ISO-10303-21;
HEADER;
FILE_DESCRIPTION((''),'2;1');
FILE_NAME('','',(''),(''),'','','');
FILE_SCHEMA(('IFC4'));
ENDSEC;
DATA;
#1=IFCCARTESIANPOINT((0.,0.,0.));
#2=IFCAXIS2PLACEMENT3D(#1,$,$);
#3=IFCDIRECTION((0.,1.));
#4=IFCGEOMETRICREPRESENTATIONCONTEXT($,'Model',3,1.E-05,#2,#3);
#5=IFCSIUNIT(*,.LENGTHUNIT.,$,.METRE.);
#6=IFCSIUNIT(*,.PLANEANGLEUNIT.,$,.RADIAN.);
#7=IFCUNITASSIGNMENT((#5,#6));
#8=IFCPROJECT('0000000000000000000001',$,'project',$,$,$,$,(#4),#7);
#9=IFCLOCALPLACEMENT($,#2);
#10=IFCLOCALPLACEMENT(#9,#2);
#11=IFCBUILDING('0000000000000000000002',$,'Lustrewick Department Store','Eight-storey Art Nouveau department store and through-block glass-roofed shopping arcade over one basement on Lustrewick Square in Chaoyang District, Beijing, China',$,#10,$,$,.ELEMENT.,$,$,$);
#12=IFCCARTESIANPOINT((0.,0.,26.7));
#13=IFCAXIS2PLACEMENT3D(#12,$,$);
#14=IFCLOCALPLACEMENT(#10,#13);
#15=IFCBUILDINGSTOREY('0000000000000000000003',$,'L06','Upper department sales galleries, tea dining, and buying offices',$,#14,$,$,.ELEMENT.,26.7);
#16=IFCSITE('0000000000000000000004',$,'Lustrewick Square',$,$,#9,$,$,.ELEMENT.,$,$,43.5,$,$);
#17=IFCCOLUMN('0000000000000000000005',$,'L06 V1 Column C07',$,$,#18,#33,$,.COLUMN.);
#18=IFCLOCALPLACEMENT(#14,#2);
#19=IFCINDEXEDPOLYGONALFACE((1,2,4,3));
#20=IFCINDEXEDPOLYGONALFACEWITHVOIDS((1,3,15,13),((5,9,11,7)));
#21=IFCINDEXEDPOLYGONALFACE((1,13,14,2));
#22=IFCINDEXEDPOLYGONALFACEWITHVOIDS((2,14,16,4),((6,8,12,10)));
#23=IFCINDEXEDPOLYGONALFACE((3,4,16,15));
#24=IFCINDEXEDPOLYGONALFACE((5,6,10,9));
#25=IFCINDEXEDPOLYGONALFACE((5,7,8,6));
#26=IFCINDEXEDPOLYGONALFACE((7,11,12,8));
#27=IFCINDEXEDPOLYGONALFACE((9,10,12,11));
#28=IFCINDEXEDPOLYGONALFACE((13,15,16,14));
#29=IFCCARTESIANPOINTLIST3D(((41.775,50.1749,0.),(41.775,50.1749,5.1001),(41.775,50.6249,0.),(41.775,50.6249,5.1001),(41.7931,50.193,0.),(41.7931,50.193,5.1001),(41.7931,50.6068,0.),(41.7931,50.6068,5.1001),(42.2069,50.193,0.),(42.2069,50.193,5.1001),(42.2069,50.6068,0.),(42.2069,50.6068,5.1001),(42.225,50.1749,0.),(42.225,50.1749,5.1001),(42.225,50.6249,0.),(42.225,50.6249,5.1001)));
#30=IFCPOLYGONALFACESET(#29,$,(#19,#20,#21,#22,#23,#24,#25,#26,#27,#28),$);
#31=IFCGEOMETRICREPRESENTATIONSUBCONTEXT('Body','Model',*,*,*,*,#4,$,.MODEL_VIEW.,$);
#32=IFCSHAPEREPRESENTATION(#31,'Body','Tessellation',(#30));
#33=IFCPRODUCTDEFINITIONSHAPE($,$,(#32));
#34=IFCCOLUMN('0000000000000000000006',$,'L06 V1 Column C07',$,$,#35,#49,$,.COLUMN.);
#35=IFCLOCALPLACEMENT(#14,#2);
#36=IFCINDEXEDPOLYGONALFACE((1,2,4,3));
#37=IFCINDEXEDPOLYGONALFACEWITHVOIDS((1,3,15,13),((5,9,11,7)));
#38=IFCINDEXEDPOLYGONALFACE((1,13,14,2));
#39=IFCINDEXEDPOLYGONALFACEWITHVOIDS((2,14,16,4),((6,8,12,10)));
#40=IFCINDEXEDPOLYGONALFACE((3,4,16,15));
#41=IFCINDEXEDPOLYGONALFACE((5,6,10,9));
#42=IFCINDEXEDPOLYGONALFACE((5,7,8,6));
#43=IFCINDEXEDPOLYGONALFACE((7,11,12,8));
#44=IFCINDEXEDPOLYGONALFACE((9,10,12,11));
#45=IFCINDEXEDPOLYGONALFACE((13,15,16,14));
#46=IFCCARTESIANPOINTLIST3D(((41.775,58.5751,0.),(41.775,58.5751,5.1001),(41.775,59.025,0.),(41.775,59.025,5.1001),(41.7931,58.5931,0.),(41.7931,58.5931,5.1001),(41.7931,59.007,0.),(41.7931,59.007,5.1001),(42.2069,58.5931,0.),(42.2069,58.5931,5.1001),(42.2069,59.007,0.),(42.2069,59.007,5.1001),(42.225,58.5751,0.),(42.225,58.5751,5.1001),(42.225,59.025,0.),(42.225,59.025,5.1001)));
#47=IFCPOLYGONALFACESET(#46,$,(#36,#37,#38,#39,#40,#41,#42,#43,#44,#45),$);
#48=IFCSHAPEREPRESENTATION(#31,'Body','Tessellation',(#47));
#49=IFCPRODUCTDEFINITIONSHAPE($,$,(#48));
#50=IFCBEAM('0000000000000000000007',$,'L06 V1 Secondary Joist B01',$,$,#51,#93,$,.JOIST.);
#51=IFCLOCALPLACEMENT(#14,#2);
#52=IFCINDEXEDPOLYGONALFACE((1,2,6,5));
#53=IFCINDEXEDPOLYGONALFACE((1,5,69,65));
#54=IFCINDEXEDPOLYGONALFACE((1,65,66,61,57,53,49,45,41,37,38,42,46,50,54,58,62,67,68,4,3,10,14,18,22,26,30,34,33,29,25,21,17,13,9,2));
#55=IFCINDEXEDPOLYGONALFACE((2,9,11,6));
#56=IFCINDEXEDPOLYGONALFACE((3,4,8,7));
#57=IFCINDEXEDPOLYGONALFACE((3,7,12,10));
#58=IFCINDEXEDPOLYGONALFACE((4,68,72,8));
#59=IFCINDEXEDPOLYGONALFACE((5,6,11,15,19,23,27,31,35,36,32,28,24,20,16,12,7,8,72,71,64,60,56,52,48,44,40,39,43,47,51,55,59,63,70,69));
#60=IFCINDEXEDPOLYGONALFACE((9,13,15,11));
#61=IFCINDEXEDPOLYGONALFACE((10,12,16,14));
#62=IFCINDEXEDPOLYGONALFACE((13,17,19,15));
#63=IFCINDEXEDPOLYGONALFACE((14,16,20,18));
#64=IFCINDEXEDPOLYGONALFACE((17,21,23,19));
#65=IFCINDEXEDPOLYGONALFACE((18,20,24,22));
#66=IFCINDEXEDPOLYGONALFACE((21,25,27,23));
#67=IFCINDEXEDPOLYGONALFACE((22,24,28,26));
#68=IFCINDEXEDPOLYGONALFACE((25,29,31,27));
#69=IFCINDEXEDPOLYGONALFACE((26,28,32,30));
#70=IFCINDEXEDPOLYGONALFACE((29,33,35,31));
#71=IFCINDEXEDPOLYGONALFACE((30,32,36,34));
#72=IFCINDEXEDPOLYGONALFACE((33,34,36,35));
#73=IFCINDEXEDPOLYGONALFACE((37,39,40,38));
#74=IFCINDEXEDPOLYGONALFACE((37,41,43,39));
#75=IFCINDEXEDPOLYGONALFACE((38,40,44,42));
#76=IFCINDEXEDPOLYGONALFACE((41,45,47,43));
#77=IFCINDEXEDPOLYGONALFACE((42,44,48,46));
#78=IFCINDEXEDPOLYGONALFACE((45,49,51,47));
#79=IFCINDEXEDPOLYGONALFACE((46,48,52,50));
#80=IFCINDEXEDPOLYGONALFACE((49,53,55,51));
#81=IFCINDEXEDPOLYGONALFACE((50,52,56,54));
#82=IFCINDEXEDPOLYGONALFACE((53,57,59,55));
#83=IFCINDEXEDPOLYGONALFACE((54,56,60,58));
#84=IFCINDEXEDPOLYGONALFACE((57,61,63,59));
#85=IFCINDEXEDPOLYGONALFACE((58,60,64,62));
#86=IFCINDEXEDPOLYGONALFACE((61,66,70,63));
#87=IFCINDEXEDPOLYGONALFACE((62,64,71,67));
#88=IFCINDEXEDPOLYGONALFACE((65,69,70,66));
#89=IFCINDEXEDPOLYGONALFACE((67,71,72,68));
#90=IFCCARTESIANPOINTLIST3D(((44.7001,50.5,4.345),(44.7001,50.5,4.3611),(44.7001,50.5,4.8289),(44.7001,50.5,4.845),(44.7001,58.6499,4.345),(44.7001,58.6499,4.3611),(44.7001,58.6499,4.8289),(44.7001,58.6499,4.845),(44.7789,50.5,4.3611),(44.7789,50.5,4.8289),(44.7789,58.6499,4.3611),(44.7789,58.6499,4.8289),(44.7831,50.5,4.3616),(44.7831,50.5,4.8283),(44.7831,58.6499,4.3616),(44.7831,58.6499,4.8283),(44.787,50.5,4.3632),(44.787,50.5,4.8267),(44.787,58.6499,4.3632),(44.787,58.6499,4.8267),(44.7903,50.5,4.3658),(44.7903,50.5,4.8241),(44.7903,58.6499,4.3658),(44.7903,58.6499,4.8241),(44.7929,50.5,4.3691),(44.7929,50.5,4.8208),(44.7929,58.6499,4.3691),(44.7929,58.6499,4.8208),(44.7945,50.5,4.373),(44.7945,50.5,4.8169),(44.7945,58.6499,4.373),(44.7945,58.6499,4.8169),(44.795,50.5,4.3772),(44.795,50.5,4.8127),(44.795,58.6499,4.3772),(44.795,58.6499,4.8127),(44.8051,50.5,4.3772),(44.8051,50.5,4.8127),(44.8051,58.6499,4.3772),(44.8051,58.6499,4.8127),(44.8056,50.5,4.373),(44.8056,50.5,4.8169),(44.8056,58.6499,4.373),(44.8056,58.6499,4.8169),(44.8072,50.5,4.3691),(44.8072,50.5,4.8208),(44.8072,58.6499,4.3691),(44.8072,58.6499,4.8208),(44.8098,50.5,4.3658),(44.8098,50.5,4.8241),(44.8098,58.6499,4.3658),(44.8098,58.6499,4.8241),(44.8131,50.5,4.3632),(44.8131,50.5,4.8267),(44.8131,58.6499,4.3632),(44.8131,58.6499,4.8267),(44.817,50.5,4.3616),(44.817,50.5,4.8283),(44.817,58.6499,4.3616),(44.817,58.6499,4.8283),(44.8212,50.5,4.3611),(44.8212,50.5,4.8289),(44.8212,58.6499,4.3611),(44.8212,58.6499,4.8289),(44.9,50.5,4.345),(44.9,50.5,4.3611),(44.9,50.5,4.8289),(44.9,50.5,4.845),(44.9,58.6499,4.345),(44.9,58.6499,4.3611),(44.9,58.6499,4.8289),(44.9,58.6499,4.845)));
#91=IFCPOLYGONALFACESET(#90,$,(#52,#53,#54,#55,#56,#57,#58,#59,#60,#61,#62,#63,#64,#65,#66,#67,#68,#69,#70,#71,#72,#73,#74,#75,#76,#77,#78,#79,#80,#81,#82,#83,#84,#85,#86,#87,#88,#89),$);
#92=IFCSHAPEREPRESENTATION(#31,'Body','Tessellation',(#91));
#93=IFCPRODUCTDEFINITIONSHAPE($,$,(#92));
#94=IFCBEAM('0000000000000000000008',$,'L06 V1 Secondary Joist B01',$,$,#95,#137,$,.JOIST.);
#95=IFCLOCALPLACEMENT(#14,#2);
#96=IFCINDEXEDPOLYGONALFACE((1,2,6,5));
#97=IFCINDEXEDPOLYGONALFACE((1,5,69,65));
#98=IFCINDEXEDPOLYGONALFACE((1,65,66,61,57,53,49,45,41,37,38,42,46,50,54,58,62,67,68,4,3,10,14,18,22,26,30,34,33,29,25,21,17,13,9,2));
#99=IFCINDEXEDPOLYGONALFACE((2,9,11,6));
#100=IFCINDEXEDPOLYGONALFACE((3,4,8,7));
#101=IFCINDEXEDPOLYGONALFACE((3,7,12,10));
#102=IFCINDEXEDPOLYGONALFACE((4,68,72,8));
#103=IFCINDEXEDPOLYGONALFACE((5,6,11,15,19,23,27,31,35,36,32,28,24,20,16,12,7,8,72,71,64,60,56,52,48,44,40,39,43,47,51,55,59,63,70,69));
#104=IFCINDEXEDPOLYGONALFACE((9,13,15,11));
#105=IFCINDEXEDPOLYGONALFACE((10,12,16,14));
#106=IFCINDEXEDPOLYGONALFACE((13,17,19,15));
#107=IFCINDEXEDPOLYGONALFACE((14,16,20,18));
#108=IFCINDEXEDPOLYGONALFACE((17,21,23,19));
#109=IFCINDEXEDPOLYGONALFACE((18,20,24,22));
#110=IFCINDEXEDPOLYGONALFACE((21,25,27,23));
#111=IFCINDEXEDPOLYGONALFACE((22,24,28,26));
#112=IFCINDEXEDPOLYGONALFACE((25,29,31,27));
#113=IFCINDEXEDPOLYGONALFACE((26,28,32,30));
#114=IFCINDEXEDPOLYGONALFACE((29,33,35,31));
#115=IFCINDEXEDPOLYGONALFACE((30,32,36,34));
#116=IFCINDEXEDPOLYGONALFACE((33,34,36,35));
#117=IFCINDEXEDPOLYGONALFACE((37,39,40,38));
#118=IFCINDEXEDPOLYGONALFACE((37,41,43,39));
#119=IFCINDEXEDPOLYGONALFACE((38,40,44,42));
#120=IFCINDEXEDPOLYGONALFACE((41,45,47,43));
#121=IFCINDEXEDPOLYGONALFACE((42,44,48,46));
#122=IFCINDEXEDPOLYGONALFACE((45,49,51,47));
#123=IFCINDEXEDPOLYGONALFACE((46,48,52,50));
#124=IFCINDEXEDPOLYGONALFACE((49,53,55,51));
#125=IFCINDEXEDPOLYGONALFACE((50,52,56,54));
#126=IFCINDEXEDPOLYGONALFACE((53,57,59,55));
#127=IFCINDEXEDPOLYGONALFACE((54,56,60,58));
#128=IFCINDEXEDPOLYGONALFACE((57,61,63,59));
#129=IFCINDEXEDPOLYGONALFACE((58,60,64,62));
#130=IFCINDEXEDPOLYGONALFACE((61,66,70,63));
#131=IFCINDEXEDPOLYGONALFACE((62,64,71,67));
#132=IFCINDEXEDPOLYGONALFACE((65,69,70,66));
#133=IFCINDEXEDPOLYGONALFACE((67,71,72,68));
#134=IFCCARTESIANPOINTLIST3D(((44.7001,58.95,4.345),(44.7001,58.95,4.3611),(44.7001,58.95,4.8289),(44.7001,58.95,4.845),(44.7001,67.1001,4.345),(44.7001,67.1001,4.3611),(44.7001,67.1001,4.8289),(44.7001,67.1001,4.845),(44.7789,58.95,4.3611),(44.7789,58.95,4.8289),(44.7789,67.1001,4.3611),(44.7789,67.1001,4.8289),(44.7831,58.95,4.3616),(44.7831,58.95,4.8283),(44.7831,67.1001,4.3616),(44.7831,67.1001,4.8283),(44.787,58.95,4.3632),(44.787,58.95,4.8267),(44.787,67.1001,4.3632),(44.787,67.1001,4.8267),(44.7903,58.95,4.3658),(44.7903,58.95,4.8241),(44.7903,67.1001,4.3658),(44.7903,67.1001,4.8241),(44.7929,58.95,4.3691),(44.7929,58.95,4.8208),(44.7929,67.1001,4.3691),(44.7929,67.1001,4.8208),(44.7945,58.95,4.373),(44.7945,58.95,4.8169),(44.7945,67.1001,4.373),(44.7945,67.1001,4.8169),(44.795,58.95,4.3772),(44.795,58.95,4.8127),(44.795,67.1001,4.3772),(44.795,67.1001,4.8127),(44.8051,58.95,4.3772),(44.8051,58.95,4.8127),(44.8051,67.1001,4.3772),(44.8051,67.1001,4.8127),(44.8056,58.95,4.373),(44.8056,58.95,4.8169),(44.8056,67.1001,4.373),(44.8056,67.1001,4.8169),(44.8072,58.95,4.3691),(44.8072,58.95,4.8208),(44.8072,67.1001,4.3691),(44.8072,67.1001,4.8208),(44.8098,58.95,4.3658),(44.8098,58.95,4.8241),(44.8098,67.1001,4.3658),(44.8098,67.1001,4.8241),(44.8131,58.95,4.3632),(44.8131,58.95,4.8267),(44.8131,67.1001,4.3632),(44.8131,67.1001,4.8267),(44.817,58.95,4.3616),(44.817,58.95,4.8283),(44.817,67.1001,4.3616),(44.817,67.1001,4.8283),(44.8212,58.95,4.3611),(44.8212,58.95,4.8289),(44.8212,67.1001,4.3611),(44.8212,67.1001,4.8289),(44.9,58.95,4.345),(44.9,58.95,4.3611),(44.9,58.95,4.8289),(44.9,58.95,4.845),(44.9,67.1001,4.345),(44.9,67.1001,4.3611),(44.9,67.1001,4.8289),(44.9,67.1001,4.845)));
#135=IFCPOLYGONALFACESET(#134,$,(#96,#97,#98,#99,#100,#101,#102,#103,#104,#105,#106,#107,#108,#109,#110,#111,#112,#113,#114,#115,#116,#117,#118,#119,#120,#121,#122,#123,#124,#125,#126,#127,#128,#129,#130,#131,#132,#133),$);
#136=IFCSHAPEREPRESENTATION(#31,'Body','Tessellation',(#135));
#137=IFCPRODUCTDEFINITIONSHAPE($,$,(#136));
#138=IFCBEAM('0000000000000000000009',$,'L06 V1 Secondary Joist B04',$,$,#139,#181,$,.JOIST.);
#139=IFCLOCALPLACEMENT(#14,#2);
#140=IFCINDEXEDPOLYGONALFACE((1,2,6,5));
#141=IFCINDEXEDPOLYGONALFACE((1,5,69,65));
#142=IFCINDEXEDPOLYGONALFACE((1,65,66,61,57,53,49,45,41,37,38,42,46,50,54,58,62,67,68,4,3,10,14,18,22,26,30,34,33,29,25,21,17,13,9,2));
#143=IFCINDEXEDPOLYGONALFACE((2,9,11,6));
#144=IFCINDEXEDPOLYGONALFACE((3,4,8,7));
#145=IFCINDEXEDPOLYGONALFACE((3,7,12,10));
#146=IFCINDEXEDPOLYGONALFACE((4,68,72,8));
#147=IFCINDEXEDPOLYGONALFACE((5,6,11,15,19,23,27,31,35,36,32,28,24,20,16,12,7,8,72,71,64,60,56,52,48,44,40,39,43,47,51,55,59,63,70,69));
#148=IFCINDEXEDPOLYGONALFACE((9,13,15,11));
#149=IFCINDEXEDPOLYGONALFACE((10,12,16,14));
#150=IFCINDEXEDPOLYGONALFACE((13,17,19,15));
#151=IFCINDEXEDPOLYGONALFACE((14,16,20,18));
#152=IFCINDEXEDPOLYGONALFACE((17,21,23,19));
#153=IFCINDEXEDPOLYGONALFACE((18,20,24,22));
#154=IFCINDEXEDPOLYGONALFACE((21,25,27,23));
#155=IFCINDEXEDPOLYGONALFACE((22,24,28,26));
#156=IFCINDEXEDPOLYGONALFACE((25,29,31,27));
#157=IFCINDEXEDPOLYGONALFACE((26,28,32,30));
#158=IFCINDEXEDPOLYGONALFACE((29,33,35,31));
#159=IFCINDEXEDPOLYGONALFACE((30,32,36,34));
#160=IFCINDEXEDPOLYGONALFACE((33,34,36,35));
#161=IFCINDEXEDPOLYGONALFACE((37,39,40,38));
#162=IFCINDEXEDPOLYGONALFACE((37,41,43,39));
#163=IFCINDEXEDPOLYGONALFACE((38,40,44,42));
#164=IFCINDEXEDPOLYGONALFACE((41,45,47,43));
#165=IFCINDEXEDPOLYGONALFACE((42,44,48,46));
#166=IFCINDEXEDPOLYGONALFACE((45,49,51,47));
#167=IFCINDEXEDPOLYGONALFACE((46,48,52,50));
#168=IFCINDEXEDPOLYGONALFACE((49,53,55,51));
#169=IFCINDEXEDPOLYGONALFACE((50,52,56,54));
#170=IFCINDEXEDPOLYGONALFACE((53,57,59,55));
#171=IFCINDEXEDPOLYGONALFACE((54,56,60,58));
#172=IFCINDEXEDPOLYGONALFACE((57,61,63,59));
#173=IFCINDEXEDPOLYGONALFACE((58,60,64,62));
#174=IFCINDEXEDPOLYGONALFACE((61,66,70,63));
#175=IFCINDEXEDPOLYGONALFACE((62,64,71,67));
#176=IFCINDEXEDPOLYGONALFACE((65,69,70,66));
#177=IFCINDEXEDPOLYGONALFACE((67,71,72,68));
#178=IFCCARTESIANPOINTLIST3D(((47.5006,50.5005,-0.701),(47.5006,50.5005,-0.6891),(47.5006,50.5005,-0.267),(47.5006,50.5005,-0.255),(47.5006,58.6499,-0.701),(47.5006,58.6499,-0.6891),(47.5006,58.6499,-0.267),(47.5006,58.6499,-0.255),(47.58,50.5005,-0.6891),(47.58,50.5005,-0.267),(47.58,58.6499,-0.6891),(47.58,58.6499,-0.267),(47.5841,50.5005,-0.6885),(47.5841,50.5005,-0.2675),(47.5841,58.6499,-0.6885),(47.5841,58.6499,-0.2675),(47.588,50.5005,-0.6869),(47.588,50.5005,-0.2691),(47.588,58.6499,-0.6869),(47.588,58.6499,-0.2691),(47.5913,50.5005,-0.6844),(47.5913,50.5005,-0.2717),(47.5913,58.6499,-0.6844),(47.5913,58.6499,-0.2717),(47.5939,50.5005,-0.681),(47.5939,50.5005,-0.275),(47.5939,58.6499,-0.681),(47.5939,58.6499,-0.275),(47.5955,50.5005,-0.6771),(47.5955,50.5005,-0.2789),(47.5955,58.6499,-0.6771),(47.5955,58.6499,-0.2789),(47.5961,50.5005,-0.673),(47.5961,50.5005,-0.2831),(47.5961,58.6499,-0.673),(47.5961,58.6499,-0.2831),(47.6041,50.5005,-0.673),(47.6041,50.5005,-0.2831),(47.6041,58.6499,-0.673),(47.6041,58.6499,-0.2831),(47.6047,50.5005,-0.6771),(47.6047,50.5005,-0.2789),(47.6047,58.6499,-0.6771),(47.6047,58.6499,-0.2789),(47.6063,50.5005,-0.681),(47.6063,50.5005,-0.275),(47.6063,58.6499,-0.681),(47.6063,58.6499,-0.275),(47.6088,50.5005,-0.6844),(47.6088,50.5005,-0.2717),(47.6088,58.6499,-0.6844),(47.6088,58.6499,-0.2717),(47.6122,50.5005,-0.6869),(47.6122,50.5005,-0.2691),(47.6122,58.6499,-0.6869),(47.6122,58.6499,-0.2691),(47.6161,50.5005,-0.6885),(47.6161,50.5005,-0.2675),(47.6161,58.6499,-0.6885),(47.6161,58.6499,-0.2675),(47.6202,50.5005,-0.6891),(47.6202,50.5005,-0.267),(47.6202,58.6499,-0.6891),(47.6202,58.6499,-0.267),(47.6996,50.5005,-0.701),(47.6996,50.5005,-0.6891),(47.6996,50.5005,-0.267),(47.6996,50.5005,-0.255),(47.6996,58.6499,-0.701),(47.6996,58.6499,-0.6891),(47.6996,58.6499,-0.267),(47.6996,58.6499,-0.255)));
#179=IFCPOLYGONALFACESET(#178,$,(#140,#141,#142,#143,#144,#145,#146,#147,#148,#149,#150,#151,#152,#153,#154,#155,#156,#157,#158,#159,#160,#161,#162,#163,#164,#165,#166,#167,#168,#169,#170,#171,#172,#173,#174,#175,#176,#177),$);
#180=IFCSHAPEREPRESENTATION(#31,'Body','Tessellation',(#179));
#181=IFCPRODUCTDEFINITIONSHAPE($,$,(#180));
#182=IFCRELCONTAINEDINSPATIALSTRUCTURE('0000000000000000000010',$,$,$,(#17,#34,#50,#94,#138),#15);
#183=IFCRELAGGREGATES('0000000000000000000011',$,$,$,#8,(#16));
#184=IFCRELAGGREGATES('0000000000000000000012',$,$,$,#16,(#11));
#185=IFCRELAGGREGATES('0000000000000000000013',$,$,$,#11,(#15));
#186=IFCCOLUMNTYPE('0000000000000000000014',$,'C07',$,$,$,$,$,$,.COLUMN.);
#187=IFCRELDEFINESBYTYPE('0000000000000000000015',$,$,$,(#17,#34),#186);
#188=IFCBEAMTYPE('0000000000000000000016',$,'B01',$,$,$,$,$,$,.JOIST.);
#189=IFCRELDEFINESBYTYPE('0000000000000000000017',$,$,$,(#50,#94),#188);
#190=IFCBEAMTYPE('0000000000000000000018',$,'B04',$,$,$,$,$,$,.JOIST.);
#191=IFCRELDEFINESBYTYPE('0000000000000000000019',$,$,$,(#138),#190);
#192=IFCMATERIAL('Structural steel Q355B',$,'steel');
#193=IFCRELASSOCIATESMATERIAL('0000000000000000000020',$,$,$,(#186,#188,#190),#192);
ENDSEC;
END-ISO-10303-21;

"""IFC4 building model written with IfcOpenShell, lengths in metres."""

from ifc_helpers import new_model, si_unit, direction, frame, origin, origin_2d, place, context, subcontext, project, spatial, hollow_rectangle, i_section, extrude, material, material_profile, profile_set, type_object, element, save


model = new_model("IFC4")

# Units and contexts
model_context = context("Model", 3, precision=1e-05, world=origin(), true_north=direction((0.0, 1.0)))
body_context = subcontext(model_context, "Body", "Model", "MODEL_VIEW")
ifc_project = project(units=[si_unit("LENGTHUNIT", "METRE"), si_unit("PLANEANGLEUNIT", "RADIAN")], contexts=[model_context])

# Site, building, storey
site_placement = place(None, origin())
site = spatial("IfcSite", under=ifc_project, at=site_placement, Name="Lustrewick Square", CompositionType="ELEMENT", RefElevation=43.5)
building_placement = place(site_placement, origin())
building = spatial("IfcBuilding", under=site, at=building_placement, Name="Lustrewick Department Store", Description="Eight-storey Art Nouveau department store and through-block glass-roofed shopping arcade over one basement on Lustrewick Square in Chaoyang District, Beijing, China", CompositionType="ELEMENT")
storey_placement = place(building_placement, frame((0.0, 0.0, 26.7)))
storey = spatial("IfcBuildingStorey", under=building, at=storey_placement, Name="L06", Description="Upper department sales galleries, tea dining, and buying offices", CompositionType="ELEMENT", Elevation=26.7)

# Columns
ifc_material_1 = material(Name="Structural steel Q355B", Category="steel")
ifc_material_profile_1 = material_profile(ifc_material_1, hollow_rectangle(XDim=0.45, YDim=0.45, WallThickness=0.0181, at=origin_2d()), Name="BOX 450x450x18")
ifc_profile_set_1 = profile_set([ifc_material_profile_1], Name="Structural steel Q355B")
column_type = type_object("IfcColumnType", Name="C07", PredefinedType="COLUMN", material=ifc_profile_set_1)
for number, where, z_axis, x_axis, name in (
    (1, (42.0, 50.3999, 0.0), (0.0, 0.0, 1.0), (1.0, 0.0, 0.0), "L06 V1 Column C07"),
    (2, (42.0, 58.8, 0.0), (0.0, 0.0, 1.0), (1.0, 0.0, 0.0), "L06 V1 Column C07"),
):
    element("IfcColumn", number, at=place(storey_placement, frame(where, z_axis=z_axis, x_axis=x_axis)), inside=storey, type_object=column_type, Name=name, PredefinedType="COLUMN", context=body_context, shape_type="SweptSolid", body=[
        extrude(hollow_rectangle(XDim=0.45, YDim=0.45, WallThickness=0.0181, at=origin_2d()), origin(), (0.0, 0.0, 1.0), 5.1001),
    ])

# Beams
ifc_material_profile_2 = material_profile(ifc_material_1, i_section(OverallWidth=0.2, OverallDepth=0.5, WebThickness=0.01, FlangeThickness=0.0161, FilletRadius=0.0161, at=origin_2d()), Name="HN 500x200x10x16")
ifc_profile_set_2 = profile_set([ifc_material_profile_2], Name="Structural steel Q355B")
beam_type_1 = type_object("IfcBeamType", Name="B01", PredefinedType="JOIST", material=ifc_profile_set_2)
beam_1_placement = place(storey_placement, frame((44.8, 50.5, 4.595), z_axis=(0.0, 1.0, 0.0), x_axis=(-1.0, 0.0, 0.0)))
element("IfcBeam", 3, at=beam_1_placement, inside=storey, type_object=beam_type_1, Name="L06 V1 Secondary Joist B01", PredefinedType="JOIST", context=body_context, shape_type="SweptSolid", body=[
    extrude(i_section(OverallWidth=0.2, OverallDepth=0.5, WebThickness=0.01, FlangeThickness=0.0161, FilletRadius=0.0161, at=origin_2d()), origin(), (0.0, 0.0, 1.0), 8.1499),
])
beam_2_placement = place(storey_placement, frame((44.8, 58.95, 4.595), z_axis=(0.0, 1.0, 0.0), x_axis=(-1.0, 0.0, 0.0)))
element("IfcBeam", 4, at=beam_2_placement, inside=storey, type_object=beam_type_1, Name="L06 V1 Secondary Joist B01", PredefinedType="JOIST", context=body_context, shape_type="SweptSolid", body=[
    extrude(i_section(OverallWidth=0.2, OverallDepth=0.5, WebThickness=0.01, FlangeThickness=0.0161, FilletRadius=0.0161, at=origin_2d()), origin(), (0.0, 0.0, 1.0), 8.1501),
])
ifc_material_profile_3 = material_profile(ifc_material_1, i_section(OverallWidth=0.199, OverallDepth=0.446, WebThickness=0.0081, FlangeThickness=0.012, FilletRadius=0.0161, at=origin_2d()), Name="HN 446x199x8x12")
ifc_profile_set_3 = profile_set([ifc_material_profile_3], Name="Structural steel Q355B")
beam_type_2 = type_object("IfcBeamType", Name="B04", PredefinedType="JOIST", material=ifc_profile_set_3)
beam_3_placement = place(storey_placement, frame((47.6001, 50.5005, -0.478), z_axis=(0.0, 1.0, 0.0), x_axis=(-1.0, 0.0, 0.0)))
element("IfcBeam", 5, at=beam_3_placement, inside=storey, type_object=beam_type_2, Name="L06 V1 Secondary Joist B04", PredefinedType="JOIST", context=body_context, shape_type="SweptSolid", body=[
    extrude(i_section(OverallWidth=0.199, OverallDepth=0.446, WebThickness=0.0081, FlangeThickness=0.012, FilletRadius=0.0161, at=origin_2d()), origin(), (0.0, 0.0, 1.0), 8.1494),
])

save(model, "model.ifc")
